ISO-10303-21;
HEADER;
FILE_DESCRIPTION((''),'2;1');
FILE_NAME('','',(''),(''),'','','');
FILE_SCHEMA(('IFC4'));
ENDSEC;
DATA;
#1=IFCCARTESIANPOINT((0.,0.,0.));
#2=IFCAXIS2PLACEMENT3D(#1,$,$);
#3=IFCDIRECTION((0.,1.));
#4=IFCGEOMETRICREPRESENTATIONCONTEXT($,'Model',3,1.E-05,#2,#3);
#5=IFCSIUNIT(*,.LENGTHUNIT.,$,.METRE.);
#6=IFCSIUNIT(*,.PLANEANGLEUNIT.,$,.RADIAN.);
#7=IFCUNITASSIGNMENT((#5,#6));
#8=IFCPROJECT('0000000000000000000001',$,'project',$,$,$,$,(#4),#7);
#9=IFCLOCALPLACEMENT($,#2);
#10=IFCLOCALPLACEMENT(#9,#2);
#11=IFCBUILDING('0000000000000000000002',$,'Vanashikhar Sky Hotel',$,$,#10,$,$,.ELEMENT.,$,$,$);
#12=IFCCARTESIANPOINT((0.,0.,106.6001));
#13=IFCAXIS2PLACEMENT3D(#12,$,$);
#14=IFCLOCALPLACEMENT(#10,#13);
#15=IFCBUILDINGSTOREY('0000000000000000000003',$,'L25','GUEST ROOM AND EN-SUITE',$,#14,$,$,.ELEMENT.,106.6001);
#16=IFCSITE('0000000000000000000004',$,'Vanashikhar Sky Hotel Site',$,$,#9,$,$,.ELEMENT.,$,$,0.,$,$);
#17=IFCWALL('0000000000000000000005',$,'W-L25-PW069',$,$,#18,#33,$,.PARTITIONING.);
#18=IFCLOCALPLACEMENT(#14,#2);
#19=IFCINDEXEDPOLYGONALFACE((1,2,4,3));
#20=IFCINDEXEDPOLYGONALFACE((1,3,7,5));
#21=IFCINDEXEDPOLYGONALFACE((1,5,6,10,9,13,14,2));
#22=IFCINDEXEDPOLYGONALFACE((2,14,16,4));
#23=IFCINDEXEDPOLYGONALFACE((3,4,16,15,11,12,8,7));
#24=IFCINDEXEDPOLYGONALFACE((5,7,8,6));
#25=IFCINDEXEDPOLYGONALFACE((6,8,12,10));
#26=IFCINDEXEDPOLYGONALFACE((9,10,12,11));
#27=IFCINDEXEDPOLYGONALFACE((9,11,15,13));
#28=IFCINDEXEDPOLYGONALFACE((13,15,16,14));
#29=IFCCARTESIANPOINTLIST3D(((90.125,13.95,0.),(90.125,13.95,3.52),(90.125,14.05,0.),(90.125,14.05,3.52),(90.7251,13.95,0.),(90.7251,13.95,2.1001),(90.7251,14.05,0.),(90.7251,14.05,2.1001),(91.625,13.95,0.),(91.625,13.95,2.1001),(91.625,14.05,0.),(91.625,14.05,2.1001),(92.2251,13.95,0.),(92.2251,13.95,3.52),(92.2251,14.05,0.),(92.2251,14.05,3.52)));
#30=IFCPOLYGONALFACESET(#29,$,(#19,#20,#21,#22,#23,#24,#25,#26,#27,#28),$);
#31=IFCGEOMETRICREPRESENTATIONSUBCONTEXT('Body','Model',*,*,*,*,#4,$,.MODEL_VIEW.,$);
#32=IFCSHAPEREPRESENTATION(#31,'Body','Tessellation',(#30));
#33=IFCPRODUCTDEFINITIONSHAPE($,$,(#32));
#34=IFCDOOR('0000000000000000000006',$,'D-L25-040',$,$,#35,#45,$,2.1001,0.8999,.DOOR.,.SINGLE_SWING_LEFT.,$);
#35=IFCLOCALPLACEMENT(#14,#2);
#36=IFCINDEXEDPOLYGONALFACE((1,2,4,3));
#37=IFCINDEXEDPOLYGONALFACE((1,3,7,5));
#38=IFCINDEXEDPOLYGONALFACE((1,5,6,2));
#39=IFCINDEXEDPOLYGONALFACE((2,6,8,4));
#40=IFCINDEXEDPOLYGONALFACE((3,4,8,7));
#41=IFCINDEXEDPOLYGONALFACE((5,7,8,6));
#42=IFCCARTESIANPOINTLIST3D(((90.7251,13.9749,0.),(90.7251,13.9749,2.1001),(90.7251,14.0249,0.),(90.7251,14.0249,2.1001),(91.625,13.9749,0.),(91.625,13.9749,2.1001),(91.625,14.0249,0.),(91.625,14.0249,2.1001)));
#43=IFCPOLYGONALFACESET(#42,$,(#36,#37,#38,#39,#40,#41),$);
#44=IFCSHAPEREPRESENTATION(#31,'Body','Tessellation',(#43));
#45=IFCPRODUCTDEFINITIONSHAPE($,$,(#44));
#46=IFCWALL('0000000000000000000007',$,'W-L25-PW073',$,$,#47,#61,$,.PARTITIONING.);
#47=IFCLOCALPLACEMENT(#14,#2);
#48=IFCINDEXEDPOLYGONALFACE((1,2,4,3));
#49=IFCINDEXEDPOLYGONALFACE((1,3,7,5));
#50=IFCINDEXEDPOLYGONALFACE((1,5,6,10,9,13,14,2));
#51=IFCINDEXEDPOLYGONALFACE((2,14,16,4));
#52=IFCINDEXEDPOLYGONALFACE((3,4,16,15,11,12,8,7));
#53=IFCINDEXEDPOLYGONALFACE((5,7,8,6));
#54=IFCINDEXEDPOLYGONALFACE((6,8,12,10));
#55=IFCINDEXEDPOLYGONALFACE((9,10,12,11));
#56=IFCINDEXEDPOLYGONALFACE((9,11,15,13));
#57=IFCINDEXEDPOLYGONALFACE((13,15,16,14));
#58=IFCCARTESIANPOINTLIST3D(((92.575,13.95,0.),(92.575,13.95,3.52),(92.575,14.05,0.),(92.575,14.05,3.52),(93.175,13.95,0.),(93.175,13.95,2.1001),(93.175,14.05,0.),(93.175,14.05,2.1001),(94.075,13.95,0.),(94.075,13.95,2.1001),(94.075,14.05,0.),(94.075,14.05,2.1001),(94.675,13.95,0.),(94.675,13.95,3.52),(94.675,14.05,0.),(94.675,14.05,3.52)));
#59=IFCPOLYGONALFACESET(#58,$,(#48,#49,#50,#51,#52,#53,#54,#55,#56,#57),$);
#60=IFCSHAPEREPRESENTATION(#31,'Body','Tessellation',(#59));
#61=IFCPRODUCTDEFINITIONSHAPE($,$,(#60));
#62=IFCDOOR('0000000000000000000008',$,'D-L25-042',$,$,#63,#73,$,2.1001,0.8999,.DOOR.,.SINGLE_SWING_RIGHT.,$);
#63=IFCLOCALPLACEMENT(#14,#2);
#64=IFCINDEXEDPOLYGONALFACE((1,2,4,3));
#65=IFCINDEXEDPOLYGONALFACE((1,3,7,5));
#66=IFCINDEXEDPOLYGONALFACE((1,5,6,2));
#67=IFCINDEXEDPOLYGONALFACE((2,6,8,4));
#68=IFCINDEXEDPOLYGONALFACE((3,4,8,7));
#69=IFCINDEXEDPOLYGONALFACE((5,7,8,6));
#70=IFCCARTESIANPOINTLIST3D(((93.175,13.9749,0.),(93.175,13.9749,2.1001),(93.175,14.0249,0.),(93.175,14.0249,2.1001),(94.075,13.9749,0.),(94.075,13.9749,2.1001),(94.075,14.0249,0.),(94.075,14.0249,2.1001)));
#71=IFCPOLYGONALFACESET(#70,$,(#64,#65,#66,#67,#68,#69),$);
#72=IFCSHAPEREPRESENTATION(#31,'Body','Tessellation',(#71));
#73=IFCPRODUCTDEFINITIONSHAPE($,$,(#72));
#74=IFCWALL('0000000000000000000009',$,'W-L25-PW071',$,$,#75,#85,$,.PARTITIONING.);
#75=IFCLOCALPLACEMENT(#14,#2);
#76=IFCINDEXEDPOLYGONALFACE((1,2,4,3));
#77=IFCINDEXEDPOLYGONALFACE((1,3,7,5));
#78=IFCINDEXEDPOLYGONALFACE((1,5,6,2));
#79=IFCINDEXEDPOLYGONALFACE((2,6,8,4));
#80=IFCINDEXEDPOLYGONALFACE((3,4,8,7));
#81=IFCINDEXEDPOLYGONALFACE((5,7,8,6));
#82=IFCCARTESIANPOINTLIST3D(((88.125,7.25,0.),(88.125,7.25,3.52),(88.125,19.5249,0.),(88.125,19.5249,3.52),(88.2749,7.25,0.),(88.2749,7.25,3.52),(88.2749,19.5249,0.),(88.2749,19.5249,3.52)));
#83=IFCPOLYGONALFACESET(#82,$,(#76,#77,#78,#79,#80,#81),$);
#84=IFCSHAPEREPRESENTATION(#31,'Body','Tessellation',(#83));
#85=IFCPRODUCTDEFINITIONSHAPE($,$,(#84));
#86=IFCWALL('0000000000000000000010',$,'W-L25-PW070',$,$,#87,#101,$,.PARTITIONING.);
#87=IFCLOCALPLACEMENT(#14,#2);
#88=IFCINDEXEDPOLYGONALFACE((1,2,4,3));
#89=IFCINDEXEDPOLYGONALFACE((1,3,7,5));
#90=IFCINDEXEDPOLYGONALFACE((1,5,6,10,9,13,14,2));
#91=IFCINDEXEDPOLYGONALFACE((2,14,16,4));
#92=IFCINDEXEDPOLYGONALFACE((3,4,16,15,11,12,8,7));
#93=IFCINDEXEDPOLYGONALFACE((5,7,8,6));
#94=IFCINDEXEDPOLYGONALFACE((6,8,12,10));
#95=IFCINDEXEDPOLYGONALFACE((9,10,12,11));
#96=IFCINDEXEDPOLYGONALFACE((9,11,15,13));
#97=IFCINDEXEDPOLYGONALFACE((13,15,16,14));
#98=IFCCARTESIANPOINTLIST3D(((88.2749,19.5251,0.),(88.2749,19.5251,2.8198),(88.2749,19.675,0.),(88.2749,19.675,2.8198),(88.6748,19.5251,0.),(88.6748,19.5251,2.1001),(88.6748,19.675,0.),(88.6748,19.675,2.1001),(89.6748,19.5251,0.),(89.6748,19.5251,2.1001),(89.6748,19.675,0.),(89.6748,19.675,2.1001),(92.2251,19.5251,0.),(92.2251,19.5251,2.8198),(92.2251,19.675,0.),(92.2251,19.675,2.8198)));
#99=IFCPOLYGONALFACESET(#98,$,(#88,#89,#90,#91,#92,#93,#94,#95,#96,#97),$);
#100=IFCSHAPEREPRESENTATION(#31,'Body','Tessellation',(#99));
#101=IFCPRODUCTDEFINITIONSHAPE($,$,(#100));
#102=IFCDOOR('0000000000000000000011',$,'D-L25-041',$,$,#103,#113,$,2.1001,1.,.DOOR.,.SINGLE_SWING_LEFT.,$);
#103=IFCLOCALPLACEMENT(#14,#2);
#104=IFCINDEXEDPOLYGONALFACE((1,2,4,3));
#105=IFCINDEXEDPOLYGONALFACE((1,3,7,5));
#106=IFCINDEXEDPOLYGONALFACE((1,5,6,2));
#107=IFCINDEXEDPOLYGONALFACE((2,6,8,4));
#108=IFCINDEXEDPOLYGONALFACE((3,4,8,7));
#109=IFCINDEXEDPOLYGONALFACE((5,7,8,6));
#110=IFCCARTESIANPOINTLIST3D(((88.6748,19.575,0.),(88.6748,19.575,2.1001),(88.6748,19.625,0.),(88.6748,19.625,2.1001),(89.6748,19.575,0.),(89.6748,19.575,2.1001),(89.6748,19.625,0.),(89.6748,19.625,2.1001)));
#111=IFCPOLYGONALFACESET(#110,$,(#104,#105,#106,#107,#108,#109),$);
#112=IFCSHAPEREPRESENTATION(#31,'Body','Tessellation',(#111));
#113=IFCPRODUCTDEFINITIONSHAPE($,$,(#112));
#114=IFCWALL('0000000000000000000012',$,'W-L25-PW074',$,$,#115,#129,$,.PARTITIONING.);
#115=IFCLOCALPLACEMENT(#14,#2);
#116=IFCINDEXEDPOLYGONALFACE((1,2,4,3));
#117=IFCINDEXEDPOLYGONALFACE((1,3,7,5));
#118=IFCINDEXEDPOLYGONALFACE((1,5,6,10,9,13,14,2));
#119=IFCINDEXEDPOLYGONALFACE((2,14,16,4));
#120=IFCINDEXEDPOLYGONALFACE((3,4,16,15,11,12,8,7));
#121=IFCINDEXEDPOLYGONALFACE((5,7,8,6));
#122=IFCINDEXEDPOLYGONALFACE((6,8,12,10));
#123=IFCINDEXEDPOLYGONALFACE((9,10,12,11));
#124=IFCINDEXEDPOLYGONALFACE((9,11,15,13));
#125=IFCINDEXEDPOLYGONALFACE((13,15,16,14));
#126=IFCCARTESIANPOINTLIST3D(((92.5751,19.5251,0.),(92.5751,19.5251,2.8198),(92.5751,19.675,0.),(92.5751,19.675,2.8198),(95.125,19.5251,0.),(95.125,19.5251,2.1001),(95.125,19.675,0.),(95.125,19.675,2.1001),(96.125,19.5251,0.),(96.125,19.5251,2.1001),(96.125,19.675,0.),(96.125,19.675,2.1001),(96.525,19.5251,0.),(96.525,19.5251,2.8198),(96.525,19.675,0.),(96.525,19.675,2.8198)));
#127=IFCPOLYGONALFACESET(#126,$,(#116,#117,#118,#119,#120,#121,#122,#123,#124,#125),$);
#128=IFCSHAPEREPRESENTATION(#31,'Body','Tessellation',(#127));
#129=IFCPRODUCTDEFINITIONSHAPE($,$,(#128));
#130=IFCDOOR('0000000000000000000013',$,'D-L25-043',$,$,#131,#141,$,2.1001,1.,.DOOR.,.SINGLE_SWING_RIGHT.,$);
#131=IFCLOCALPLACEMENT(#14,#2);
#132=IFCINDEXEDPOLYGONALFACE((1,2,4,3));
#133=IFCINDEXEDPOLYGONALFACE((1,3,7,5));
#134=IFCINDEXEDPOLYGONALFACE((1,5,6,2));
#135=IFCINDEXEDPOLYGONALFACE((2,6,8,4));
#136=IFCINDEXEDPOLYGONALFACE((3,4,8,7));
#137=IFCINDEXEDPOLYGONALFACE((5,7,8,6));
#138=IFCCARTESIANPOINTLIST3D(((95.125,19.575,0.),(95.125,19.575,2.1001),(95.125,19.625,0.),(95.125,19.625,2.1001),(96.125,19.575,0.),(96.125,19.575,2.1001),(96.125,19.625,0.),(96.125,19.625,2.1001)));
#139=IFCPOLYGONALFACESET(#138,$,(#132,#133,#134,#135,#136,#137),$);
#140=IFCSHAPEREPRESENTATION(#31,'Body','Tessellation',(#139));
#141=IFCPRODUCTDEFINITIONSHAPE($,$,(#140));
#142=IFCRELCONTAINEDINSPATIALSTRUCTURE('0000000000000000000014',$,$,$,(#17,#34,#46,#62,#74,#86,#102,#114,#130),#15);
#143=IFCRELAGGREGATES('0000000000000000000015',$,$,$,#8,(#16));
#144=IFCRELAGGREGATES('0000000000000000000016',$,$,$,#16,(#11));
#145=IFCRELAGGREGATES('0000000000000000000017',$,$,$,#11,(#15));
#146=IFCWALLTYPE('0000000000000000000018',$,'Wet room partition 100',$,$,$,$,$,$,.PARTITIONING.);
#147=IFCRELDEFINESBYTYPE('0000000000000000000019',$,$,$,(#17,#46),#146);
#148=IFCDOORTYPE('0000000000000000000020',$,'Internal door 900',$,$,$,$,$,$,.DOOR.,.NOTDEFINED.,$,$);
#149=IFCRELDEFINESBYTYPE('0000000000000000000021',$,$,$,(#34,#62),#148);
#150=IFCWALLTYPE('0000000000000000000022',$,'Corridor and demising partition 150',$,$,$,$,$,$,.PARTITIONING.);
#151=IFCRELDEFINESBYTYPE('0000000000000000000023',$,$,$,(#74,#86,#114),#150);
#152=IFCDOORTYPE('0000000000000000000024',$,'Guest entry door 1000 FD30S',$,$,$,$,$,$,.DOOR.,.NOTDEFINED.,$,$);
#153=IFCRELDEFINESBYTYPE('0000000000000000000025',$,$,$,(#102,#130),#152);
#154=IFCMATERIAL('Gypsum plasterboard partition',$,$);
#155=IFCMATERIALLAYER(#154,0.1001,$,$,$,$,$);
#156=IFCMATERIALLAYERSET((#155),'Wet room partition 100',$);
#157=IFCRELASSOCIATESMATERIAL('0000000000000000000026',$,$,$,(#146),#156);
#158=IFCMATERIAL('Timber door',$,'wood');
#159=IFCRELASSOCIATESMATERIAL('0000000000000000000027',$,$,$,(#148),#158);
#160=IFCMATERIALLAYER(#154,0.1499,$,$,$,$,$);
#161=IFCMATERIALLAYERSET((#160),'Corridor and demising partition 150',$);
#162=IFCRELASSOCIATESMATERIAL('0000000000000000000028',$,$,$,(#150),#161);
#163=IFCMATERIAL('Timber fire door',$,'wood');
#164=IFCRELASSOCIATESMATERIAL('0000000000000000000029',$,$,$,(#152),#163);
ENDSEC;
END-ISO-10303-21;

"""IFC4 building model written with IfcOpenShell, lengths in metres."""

from ifc_helpers import new_model, si_unit, direction, frame, frame_2d, origin, place, context, subcontext, project, spatial, rectangle, extrude, source, transform, mapped, material, layer, layer_set, type_object, element, fill, save


model = new_model("IFC4")

# Units and contexts
model_context = context("Model", 3, precision=1e-05, world=origin(), true_north=direction((0.0, 1.0)))
body_context = subcontext(model_context, "Body", "Model", "MODEL_VIEW")
ifc_project = project(units=[si_unit("LENGTHUNIT", "METRE"), si_unit("PLANEANGLEUNIT", "RADIAN")], contexts=[model_context])

# Site, building, storey
site_placement = place(None, origin())
site = spatial("IfcSite", under=ifc_project, at=site_placement, Name="Vanashikhar Sky Hotel Site", CompositionType="ELEMENT", RefElevation=0.0)
building_placement = place(site_placement, origin())
building = spatial("IfcBuilding", under=site, at=building_placement, Name="Vanashikhar Sky Hotel", CompositionType="ELEMENT")
storey_placement = place(building_placement, frame((0.0, 0.0, 106.6001)))
storey = spatial("IfcBuildingStorey", under=building, at=storey_placement, Name="L25", Description="GUEST ROOM AND EN-SUITE", CompositionType="ELEMENT", Elevation=106.6001)

# Shared definitions
ifc_material_1 = material(Name="Gypsum plasterboard partition")
ifc_layer_1 = layer(ifc_material_1, 0.1001)
ifc_layer_set_1 = layer_set([ifc_layer_1], Name="Wet room partition 100")
wall_type_1 = type_object("IfcWallType", Name="Wet room partition 100", PredefinedType="PARTITIONING", material=ifc_layer_set_1)

# Walls, openings, doors
shared_shape_1 = source(origin(), body_context, "Body", "SweptSolid", [
    extrude(rectangle(XDim=0.8999, YDim=2.1001, at=frame_2d((0.45, 1.05))), frame((0.0, 0.0601, 0.0), z_axis=(0.0, -1.0, 0.0), x_axis=(1.0, 0.0, 0.0)), (0.0, 0.0, 1.0), 0.1201),
])
ifc_material_2 = material(Name="Timber door", Category="wood")
door_type_1 = type_object("IfcDoorType", Name="Internal door 900", OperationType="NOTDEFINED", PredefinedType="DOOR", material=ifc_material_2)
shared_shape_2 = source(origin(), body_context, "Body", "SweptSolid", [
    extrude(rectangle(XDim=0.8999, YDim=2.1001, at=frame_2d((0.45, 1.05))), frame((0.0, 0.0249, 0.0), z_axis=(0.0, -1.0, 0.0), x_axis=(1.0, 0.0, 0.0)), (0.0, 0.0, 1.0), 0.05),
])
shared_shape_3 = source(origin(), body_context, "Body", "SweptSolid", [
    extrude(rectangle(XDim=2.1001, YDim=0.1001, at=frame_2d((1.05, 0.0))), origin(), (0.0, 0.0, 1.0), 3.52),
])
wall_1_placement = place(storey_placement, frame((90.125, 14.0, 0.0), z_axis=(0.0, 0.0, 1.0), x_axis=(1.0, 0.0, 0.0)))
wall_1 = element("IfcWall", 1, at=wall_1_placement, inside=storey, type_object=wall_type_1, Name="W-L25-PW069", PredefinedType="PARTITIONING", context=body_context, shape_type="MappedRepresentation", body=[
    mapped(shared_shape_3, transform((0.0, 0.0, 0.0), scale=1.0)),
])
opening_1_placement = place(wall_1_placement, frame((0.6001, 0.0, 0.0)))
opening_1 = element("IfcOpeningElement", 2, at=opening_1_placement, cuts=wall_1, PredefinedType="OPENING", context=body_context, shape_type="MappedRepresentation", body=[
    mapped(shared_shape_1, transform((0.0, 0.0, 0.0), scale=1.0)),
])
door_1_placement = place(opening_1_placement, origin())
door_1 = element("IfcDoor", 3, at=door_1_placement, inside=storey, type_object=door_type_1, Name="D-L25-040", OperationType="SINGLE_SWING_LEFT", OverallHeight=2.1001, OverallWidth=0.8999, PredefinedType="DOOR", context=body_context, shape_type="MappedRepresentation", body=[
    mapped(shared_shape_2, transform((0.0, 0.0, 0.0), scale=1.0)),
])
fill(opening_1, door_1)
wall_2_placement = place(storey_placement, frame((92.575, 14.0, 0.0), z_axis=(0.0, 0.0, 1.0), x_axis=(1.0, 0.0, 0.0)))
wall_2 = element("IfcWall", 4, at=wall_2_placement, inside=storey, type_object=wall_type_1, Name="W-L25-PW073", PredefinedType="PARTITIONING", context=body_context, shape_type="MappedRepresentation", body=[
    mapped(shared_shape_3, transform((0.0, 0.0, 0.0), scale=1.0)),
])
opening_2_placement = place(wall_2_placement, frame((0.6001, 0.0, 0.0)))
opening_2 = element("IfcOpeningElement", 5, at=opening_2_placement, cuts=wall_2, PredefinedType="OPENING", context=body_context, shape_type="MappedRepresentation", body=[
    mapped(shared_shape_1, transform((0.0, 0.0, 0.0), scale=1.0)),
])
door_2_placement = place(opening_2_placement, origin())
door_2 = element("IfcDoor", 6, at=door_2_placement, inside=storey, type_object=door_type_1, Name="D-L25-042", OperationType="SINGLE_SWING_RIGHT", OverallHeight=2.1001, OverallWidth=0.8999, PredefinedType="DOOR", context=body_context, shape_type="MappedRepresentation", body=[
    mapped(shared_shape_2, transform((0.0, 0.0, 0.0), scale=1.0)),
])
fill(opening_2, door_2)

# Wall
ifc_layer_2 = layer(ifc_material_1, 0.1499)
ifc_layer_set_2 = layer_set([ifc_layer_2], Name="Corridor and demising partition 150")
wall_type_2 = type_object("IfcWallType", Name="Corridor and demising partition 150", PredefinedType="PARTITIONING", material=ifc_layer_set_2)
shared_shape_4 = source(origin(), body_context, "Body", "SweptSolid", [
    extrude(rectangle(XDim=12.2749, YDim=0.1499, at=frame_2d((6.1375, 0.0))), origin(), (0.0, 0.0, 1.0), 3.52),
])
wall_3_placement = place(storey_placement, frame((88.2, 7.25, 0.0), z_axis=(0.0, 0.0, 1.0), x_axis=(0.0, 1.0, 0.0)))
element("IfcWall", 7, at=wall_3_placement, inside=storey, type_object=wall_type_2, Name="W-L25-PW071", PredefinedType="PARTITIONING", context=body_context, shape_type="MappedRepresentation", body=[
    mapped(shared_shape_4, transform((0.0, 0.0, 0.0), scale=1.0)),
])

# Walls, openings, doors
shared_shape_5 = source(origin(), body_context, "Body", "SweptSolid", [
    extrude(rectangle(XDim=3.9502, YDim=0.1499, at=frame_2d((1.9751, 0.0))), origin(), (0.0, 0.0, 1.0), 2.8198),
])
wall_4_placement = place(storey_placement, frame((88.2749, 19.6001, 0.0), z_axis=(0.0, 0.0, 1.0), x_axis=(1.0, 0.0, 0.0)))
wall_4 = element("IfcWall", 8, at=wall_4_placement, inside=storey, type_object=wall_type_2, Name="W-L25-PW070", PredefinedType="PARTITIONING", context=body_context, shape_type="MappedRepresentation", body=[
    mapped(shared_shape_5, transform((0.0, 0.0, 0.0), scale=1.0)),
])
shared_shape_6 = source(origin(), body_context, "Body", "SweptSolid", [
    extrude(rectangle(XDim=1.0, YDim=2.1001, at=frame_2d((0.5, 1.05))), frame((0.0, 0.085, 0.0), z_axis=(0.0, -1.0, 0.0), x_axis=(1.0, 0.0, 0.0)), (0.0, 0.0, 1.0), 0.1699),
])
opening_3_placement = place(wall_4_placement, frame((0.3999, 0.0, 0.0)))
opening_3 = element("IfcOpeningElement", 9, at=opening_3_placement, cuts=wall_4, PredefinedType="OPENING", context=body_context, shape_type="MappedRepresentation", body=[
    mapped(shared_shape_6, transform((0.0, 0.0, 0.0), scale=1.0)),
])
ifc_material_3 = material(Name="Timber fire door", Category="wood")
door_type_2 = type_object("IfcDoorType", Name="Guest entry door 1000 FD30S", OperationType="NOTDEFINED", PredefinedType="DOOR", material=ifc_material_3)
shared_shape_7 = source(origin(), body_context, "Body", "SweptSolid", [
    extrude(rectangle(XDim=1.0, YDim=2.1001, at=frame_2d((0.5, 1.05))), frame((0.0, 0.0249, 0.0), z_axis=(0.0, -1.0, 0.0), x_axis=(1.0, 0.0, 0.0)), (0.0, 0.0, 1.0), 0.05),
])
door_3_placement = place(opening_3_placement, origin())
door_3 = element("IfcDoor", 10, at=door_3_placement, inside=storey, type_object=door_type_2, Name="D-L25-041", OperationType="SINGLE_SWING_LEFT", OverallHeight=2.1001, OverallWidth=1.0, PredefinedType="DOOR", context=body_context, shape_type="MappedRepresentation", body=[
    mapped(shared_shape_7, transform((0.0, 0.0, 0.0), scale=1.0)),
])
fill(opening_3, door_3)
shared_shape_8 = source(origin(), body_context, "Body", "SweptSolid", [
    extrude(rectangle(XDim=3.95, YDim=0.1499, at=frame_2d((1.9751, 0.0))), origin(), (0.0, 0.0, 1.0), 2.8198),
])
wall_5_placement = place(storey_placement, frame((92.575, 19.6001, 0.0), z_axis=(0.0, 0.0, 1.0), x_axis=(1.0, 0.0, 0.0)))
wall_5 = element("IfcWall", 11, at=wall_5_placement, inside=storey, type_object=wall_type_2, Name="W-L25-PW074", PredefinedType="PARTITIONING", context=body_context, shape_type="MappedRepresentation", body=[
    mapped(shared_shape_8, transform((0.0, 0.0, 0.0), scale=1.0)),
])
opening_4_placement = place(wall_5_placement, frame((2.55, 0.0, 0.0)))
opening_4 = element("IfcOpeningElement", 12, at=opening_4_placement, cuts=wall_5, PredefinedType="OPENING", context=body_context, shape_type="MappedRepresentation", body=[
    mapped(shared_shape_6, transform((0.0, 0.0, 0.0), scale=1.0)),
])
door_4_placement = place(opening_4_placement, origin())
door_4 = element("IfcDoor", 13, at=door_4_placement, inside=storey, type_object=door_type_2, Name="D-L25-043", OperationType="SINGLE_SWING_RIGHT", OverallHeight=2.1001, OverallWidth=1.0, PredefinedType="DOOR", context=body_context, shape_type="MappedRepresentation", body=[
    mapped(shared_shape_7, transform((0.0, 0.0, 0.0), scale=1.0)),
])
fill(opening_4, door_4)

save(model, "model.ifc")
